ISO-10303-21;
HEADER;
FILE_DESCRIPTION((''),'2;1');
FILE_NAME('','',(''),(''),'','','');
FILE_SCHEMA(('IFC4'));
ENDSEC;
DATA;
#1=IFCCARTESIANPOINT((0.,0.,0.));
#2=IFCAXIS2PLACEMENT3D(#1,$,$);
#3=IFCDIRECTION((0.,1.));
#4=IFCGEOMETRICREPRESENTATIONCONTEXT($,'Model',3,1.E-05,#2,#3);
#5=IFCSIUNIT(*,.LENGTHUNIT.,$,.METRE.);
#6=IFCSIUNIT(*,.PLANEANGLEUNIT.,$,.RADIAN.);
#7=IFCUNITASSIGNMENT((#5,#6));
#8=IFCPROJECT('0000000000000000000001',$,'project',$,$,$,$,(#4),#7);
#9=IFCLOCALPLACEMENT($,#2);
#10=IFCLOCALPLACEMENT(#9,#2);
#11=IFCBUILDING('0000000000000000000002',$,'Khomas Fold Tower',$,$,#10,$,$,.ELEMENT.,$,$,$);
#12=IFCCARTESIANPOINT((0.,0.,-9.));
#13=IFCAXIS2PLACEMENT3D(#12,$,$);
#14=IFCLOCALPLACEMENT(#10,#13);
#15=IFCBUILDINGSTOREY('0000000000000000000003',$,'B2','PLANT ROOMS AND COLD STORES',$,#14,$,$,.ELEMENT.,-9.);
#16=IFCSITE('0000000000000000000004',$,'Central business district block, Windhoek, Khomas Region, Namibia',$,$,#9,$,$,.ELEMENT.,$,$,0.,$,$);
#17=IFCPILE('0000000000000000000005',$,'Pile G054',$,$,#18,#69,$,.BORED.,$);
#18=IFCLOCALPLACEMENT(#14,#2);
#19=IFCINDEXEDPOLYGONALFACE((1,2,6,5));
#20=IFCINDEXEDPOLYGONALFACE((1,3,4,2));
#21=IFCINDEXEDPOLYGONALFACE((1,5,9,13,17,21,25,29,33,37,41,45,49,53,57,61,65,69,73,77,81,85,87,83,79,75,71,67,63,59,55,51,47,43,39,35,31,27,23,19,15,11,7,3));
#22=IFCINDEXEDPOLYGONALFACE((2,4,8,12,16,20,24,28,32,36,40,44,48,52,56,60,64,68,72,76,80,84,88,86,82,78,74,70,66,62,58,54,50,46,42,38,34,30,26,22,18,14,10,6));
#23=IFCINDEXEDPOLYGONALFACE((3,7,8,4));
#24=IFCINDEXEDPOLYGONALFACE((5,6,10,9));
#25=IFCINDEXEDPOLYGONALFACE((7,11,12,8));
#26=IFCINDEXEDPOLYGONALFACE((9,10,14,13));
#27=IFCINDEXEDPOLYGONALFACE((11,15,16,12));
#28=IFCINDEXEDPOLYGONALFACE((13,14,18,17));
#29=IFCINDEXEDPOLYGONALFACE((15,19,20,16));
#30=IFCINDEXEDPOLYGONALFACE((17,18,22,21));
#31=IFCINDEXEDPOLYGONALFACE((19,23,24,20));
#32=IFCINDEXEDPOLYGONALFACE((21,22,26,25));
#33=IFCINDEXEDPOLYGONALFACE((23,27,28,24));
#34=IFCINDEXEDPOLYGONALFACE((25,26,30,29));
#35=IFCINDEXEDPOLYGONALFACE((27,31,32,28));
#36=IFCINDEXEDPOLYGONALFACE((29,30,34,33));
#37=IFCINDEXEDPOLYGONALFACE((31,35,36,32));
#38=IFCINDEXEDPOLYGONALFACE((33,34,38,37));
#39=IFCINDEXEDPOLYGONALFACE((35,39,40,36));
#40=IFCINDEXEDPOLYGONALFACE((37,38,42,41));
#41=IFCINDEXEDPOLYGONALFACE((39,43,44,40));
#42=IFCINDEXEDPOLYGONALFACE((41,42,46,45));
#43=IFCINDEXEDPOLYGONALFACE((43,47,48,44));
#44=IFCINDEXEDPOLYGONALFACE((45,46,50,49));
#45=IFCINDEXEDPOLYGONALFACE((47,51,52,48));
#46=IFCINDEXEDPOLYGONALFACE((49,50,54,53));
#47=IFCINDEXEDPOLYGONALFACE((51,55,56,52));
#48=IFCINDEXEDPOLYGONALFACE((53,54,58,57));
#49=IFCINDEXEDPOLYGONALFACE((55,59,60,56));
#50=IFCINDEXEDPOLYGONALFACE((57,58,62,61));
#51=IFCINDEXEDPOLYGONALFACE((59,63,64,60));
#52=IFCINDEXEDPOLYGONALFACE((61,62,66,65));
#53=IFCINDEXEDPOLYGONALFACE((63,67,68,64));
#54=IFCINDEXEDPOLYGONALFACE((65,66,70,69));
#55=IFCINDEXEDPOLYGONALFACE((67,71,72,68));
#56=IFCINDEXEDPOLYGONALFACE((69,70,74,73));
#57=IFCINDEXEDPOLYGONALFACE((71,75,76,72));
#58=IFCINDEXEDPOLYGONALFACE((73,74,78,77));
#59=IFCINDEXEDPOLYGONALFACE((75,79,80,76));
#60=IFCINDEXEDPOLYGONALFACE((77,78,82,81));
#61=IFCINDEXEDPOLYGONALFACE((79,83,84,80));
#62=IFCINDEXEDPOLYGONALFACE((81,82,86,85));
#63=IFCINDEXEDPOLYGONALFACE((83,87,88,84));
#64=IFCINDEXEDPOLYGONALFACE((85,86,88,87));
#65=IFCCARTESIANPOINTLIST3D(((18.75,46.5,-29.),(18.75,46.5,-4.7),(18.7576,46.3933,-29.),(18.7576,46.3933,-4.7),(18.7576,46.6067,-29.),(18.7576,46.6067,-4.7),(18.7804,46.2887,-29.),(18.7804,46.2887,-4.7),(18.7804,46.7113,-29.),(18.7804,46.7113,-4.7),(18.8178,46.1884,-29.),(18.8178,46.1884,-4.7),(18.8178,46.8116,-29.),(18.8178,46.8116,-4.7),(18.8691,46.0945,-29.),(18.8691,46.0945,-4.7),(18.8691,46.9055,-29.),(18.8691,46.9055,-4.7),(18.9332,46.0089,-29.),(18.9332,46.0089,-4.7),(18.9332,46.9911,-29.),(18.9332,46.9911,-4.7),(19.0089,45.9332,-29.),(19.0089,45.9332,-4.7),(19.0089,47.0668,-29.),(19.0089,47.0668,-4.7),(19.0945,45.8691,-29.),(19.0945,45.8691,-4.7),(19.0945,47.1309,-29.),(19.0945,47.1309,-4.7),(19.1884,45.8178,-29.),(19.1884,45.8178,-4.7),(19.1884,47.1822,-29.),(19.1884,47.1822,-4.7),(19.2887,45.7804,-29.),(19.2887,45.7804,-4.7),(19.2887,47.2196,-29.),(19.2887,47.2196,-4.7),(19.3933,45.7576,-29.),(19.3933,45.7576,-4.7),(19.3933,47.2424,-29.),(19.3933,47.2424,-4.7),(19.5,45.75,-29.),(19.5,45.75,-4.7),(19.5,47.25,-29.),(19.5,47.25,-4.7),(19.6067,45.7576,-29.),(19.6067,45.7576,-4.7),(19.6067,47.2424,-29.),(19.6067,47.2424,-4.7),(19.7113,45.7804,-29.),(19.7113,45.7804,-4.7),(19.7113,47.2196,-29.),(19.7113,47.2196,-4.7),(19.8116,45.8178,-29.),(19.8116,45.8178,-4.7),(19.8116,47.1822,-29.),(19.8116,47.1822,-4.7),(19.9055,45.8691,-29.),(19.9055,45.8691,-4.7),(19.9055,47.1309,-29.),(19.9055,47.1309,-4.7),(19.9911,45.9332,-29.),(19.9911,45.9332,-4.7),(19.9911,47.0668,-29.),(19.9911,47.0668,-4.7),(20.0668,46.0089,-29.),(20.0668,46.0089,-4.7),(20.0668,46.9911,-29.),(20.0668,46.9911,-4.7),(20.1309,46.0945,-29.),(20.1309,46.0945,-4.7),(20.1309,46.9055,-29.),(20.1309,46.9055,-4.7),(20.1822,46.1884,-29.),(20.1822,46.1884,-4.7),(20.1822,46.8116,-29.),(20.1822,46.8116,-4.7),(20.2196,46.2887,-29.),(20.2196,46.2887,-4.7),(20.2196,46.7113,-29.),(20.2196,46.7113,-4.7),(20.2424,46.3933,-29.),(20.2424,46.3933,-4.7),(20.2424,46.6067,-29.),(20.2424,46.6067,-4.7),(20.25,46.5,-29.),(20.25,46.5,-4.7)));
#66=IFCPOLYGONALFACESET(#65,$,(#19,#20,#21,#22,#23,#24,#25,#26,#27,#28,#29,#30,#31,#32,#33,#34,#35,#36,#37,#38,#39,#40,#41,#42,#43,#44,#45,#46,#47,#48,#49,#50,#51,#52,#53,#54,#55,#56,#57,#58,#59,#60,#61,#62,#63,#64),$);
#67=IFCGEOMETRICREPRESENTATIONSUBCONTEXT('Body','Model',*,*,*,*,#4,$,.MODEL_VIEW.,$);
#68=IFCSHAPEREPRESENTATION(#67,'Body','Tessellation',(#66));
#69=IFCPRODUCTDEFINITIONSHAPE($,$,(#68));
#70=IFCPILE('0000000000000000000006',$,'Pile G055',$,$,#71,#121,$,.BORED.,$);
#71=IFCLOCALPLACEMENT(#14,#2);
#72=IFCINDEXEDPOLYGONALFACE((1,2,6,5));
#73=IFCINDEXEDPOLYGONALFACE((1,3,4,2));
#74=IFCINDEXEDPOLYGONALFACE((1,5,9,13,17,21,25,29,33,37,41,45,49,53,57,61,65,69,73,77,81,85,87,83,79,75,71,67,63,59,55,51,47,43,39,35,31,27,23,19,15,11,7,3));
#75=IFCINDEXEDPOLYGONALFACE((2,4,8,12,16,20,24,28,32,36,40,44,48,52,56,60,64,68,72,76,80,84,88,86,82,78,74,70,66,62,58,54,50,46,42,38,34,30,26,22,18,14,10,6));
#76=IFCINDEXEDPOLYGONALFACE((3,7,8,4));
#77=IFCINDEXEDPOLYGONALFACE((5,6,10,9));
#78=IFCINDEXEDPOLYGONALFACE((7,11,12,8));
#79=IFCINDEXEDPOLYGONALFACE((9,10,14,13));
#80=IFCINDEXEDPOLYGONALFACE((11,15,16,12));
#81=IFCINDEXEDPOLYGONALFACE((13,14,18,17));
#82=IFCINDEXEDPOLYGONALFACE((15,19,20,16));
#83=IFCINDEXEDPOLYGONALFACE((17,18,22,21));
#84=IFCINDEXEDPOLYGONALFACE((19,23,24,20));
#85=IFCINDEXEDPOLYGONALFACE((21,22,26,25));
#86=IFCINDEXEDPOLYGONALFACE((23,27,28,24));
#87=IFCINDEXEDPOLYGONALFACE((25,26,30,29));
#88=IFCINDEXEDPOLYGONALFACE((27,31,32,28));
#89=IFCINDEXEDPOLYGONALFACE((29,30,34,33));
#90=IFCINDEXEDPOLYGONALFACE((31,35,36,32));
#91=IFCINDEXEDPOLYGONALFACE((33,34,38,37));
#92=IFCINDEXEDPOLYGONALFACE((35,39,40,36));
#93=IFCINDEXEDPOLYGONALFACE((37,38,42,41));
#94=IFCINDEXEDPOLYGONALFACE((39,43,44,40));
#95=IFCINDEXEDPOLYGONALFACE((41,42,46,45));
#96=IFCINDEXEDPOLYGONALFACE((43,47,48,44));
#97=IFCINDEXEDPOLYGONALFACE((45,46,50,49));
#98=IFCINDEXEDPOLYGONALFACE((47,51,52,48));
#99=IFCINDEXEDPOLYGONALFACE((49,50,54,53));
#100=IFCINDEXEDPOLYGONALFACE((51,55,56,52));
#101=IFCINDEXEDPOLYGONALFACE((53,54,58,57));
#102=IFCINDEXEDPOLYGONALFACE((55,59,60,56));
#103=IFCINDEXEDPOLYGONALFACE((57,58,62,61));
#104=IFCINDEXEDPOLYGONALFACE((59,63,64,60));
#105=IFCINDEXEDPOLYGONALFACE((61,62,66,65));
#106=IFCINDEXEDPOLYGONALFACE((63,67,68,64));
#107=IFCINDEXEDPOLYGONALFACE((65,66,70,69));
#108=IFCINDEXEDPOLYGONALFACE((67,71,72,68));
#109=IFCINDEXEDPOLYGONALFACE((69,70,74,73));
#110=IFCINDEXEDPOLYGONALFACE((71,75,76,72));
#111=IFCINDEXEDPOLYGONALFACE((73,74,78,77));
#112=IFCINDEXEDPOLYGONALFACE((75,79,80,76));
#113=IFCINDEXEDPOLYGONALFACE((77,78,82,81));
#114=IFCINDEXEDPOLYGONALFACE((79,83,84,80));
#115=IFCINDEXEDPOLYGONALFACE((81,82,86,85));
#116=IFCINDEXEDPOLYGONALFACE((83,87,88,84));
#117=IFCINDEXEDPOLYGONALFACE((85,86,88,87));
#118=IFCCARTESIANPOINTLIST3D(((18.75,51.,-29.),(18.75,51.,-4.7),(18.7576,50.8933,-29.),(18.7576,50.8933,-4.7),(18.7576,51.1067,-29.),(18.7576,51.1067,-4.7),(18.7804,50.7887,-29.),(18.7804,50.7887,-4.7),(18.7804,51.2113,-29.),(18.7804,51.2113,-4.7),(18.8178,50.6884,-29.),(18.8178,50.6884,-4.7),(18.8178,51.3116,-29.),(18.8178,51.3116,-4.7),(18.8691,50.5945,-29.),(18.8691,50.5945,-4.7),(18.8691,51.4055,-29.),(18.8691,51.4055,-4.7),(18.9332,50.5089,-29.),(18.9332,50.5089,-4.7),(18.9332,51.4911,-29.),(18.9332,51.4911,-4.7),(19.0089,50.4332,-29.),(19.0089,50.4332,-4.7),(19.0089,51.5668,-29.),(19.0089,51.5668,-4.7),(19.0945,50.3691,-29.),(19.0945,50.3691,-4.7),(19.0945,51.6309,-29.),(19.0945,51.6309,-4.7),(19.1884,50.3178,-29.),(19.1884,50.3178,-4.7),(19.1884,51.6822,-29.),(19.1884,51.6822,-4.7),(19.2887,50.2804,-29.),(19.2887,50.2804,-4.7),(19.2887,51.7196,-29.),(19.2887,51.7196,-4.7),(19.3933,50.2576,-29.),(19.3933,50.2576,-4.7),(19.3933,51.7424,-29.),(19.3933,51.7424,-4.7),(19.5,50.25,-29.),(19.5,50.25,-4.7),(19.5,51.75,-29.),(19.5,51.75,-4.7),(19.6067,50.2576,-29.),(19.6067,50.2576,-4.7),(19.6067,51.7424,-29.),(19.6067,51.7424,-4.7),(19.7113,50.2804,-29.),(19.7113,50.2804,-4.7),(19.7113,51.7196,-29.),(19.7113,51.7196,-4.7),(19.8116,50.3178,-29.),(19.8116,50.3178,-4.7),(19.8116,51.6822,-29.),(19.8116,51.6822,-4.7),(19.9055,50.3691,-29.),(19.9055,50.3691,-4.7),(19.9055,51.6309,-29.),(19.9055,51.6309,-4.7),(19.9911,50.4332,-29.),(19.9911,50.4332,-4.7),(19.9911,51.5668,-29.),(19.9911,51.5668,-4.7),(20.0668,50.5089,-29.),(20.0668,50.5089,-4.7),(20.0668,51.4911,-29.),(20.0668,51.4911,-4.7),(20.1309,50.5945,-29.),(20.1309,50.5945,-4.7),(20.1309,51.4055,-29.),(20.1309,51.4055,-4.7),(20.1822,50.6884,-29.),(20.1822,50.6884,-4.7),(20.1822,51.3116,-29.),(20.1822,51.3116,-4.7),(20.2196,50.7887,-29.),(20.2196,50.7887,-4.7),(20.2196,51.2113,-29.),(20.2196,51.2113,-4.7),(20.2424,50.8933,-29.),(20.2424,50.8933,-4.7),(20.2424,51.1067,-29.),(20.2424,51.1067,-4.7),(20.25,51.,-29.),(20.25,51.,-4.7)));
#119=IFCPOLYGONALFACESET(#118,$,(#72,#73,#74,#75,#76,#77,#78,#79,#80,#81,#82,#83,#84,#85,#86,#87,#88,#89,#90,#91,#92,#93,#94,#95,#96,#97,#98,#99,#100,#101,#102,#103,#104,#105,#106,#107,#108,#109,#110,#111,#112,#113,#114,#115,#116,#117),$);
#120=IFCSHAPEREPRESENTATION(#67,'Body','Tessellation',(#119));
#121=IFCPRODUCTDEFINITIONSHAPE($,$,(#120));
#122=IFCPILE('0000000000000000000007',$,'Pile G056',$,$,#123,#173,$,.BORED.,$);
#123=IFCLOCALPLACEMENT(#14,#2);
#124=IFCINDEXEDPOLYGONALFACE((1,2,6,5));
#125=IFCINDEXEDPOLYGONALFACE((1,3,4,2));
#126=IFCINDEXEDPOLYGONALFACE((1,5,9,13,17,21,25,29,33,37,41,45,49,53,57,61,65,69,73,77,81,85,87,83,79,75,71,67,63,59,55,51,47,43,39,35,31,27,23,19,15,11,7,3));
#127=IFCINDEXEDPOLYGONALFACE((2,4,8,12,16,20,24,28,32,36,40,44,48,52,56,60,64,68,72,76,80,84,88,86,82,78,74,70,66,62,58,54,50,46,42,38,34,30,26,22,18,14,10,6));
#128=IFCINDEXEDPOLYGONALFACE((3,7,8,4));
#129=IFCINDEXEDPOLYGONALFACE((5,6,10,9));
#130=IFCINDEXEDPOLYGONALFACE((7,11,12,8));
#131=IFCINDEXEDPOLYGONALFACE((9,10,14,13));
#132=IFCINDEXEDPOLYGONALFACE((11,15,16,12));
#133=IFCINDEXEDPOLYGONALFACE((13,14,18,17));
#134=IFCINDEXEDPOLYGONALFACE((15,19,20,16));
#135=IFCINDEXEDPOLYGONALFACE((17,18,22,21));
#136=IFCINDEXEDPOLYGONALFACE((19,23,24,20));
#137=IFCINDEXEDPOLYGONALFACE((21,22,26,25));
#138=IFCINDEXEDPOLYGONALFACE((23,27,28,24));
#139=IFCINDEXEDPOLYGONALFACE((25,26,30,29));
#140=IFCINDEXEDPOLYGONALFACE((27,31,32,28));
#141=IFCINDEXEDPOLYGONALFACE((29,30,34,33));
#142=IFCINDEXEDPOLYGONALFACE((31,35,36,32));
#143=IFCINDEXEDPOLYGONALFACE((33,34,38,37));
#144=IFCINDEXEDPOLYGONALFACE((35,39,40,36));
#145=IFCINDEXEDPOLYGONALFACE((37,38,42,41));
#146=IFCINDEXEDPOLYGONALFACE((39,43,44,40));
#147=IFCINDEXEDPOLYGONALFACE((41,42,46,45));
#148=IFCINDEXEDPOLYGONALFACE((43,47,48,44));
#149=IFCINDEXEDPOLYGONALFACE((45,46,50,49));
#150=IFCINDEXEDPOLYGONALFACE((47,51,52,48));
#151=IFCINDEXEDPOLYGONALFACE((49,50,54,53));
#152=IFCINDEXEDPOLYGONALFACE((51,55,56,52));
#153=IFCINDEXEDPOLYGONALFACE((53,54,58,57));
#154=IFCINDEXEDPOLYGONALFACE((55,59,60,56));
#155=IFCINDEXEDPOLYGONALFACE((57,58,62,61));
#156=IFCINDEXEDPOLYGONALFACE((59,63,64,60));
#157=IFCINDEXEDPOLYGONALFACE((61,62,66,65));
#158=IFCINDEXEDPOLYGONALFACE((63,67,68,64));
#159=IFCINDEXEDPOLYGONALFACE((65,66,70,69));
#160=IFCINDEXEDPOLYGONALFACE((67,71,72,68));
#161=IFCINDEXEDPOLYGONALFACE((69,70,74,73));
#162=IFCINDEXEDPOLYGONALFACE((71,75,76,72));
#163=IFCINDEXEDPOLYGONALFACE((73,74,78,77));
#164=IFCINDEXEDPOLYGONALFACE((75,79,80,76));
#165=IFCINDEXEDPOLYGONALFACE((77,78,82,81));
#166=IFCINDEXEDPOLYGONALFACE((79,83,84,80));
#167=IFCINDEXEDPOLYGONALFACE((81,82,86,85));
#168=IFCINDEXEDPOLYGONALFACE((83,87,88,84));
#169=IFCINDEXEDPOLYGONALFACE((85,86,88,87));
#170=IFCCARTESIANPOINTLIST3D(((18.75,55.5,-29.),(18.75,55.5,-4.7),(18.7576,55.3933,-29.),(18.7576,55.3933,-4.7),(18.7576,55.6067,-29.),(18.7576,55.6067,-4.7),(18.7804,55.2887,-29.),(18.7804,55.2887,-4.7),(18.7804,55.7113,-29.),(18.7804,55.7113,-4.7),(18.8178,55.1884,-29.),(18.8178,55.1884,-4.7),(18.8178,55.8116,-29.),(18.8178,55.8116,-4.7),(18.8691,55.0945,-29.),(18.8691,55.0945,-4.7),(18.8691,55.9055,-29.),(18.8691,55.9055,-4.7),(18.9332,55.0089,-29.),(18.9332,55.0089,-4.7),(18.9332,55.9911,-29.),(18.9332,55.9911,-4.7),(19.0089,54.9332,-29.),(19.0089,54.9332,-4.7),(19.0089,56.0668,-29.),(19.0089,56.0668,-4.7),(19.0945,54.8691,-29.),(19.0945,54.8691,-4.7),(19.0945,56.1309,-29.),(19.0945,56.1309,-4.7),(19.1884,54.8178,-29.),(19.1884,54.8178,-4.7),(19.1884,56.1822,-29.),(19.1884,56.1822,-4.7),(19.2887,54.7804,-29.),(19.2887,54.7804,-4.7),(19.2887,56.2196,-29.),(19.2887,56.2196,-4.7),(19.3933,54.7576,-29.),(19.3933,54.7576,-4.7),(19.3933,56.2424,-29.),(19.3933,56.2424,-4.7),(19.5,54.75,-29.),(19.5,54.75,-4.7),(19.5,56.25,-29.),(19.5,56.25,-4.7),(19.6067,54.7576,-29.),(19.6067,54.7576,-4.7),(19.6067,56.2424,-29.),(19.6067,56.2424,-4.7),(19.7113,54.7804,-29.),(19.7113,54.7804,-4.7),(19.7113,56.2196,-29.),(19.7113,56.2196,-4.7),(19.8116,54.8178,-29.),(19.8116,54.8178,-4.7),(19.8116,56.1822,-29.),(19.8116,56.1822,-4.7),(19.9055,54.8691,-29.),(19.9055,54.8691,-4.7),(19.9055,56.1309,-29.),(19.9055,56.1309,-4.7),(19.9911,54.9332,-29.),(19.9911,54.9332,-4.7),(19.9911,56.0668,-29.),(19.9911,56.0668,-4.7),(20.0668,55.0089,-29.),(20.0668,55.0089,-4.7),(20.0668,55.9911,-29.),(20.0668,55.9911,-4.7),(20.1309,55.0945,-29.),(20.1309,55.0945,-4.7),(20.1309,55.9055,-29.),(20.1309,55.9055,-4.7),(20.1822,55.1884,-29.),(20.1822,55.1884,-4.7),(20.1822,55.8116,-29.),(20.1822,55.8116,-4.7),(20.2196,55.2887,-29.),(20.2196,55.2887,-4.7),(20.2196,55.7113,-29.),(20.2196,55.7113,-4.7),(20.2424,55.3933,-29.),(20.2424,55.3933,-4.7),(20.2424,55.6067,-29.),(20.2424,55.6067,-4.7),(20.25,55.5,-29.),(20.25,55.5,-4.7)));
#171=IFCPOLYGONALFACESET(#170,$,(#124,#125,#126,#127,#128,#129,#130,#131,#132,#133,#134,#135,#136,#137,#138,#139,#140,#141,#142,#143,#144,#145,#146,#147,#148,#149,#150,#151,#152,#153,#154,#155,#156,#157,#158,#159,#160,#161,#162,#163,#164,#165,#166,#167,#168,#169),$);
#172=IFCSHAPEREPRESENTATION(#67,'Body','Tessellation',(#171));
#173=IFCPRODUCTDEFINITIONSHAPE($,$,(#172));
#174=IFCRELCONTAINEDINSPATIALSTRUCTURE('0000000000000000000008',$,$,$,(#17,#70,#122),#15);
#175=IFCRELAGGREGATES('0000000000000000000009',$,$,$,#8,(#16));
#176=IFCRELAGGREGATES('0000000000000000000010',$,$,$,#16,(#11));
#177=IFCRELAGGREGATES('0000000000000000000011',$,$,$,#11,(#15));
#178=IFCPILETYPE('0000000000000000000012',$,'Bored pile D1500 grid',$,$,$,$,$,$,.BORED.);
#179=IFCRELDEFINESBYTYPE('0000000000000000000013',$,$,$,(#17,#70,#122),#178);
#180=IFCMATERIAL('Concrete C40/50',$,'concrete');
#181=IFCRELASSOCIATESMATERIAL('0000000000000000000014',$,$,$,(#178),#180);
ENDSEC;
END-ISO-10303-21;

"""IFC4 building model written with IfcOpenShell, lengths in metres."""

from ifc_helpers import new_model, si_unit, direction, frame, origin, origin_2d, place, context, subcontext, project, spatial, circle, extrude, source, transform, mapped, material, material_profile, profile_set, type_object, element, save


model = new_model("IFC4")

# Units and contexts
model_context = context("Model", 3, precision=1e-05, world=origin(), true_north=direction((0.0, 1.0)))
body_context = subcontext(model_context, "Body", "Model", "MODEL_VIEW")
ifc_project = project(units=[si_unit("LENGTHUNIT", "METRE"), si_unit("PLANEANGLEUNIT", "RADIAN")], contexts=[model_context])

# Site, building, storey
site_placement = place(None, origin())
site = spatial("IfcSite", under=ifc_project, at=site_placement, Name="Central business district block, Windhoek, Khomas Region, Namibia", CompositionType="ELEMENT", RefElevation=0.0)
building_placement = place(site_placement, origin())
building = spatial("IfcBuilding", under=site, at=building_placement, Name="Khomas Fold Tower", CompositionType="ELEMENT")
storey_placement = place(building_placement, frame((0.0, 0.0, -9.0)))
storey = spatial("IfcBuildingStorey", under=building, at=storey_placement, Name="B2", Description="PLANT ROOMS AND COLD STORES", CompositionType="ELEMENT", Elevation=-9.0)

# Piles
ifc_material_1 = material(Name="Concrete C40/50", Category="concrete")
ifc_material_profile_1 = material_profile(ifc_material_1, circle(Radius=0.75, at=origin_2d()), Name="PILE D1500")
ifc_profile_set_1 = profile_set([ifc_material_profile_1], Name="Concrete C40/50")
pile_type_1 = type_object("IfcPileType", Name="Bored pile D1500 grid", PredefinedType="BORED", material=ifc_profile_set_1)
shared_shape_1 = source(origin(), body_context, "Body", "SweptSolid", [
    extrude(circle(Radius=0.75, at=origin_2d()), origin(), (0.0, 0.0, 1.0), 24.3),
])
for number, where, z_axis, x_axis, name in (
    (1, (19.5, 46.5, -4.7), (0.0, 0.0, -1.0), (1.0, 0.0, 0.0), "Pile G054"),
    (2, (19.5, 51.0, -4.7), (0.0, 0.0, -1.0), (1.0, 0.0, 0.0), "Pile G055"),
    (3, (19.5, 55.5, -4.7), (0.0, 0.0, -1.0), (1.0, 0.0, 0.0), "Pile G056"),
):
    element("IfcPile", number, at=place(storey_placement, frame(where, z_axis=z_axis, x_axis=x_axis)), inside=storey, type_object=pile_type_1, Name=name, PredefinedType="BORED", context=body_context, shape_type="MappedRepresentation", body=[
        mapped(shared_shape_1, transform((0.0, 0.0, 0.0))),
    ])

save(model, "model.ifc")
